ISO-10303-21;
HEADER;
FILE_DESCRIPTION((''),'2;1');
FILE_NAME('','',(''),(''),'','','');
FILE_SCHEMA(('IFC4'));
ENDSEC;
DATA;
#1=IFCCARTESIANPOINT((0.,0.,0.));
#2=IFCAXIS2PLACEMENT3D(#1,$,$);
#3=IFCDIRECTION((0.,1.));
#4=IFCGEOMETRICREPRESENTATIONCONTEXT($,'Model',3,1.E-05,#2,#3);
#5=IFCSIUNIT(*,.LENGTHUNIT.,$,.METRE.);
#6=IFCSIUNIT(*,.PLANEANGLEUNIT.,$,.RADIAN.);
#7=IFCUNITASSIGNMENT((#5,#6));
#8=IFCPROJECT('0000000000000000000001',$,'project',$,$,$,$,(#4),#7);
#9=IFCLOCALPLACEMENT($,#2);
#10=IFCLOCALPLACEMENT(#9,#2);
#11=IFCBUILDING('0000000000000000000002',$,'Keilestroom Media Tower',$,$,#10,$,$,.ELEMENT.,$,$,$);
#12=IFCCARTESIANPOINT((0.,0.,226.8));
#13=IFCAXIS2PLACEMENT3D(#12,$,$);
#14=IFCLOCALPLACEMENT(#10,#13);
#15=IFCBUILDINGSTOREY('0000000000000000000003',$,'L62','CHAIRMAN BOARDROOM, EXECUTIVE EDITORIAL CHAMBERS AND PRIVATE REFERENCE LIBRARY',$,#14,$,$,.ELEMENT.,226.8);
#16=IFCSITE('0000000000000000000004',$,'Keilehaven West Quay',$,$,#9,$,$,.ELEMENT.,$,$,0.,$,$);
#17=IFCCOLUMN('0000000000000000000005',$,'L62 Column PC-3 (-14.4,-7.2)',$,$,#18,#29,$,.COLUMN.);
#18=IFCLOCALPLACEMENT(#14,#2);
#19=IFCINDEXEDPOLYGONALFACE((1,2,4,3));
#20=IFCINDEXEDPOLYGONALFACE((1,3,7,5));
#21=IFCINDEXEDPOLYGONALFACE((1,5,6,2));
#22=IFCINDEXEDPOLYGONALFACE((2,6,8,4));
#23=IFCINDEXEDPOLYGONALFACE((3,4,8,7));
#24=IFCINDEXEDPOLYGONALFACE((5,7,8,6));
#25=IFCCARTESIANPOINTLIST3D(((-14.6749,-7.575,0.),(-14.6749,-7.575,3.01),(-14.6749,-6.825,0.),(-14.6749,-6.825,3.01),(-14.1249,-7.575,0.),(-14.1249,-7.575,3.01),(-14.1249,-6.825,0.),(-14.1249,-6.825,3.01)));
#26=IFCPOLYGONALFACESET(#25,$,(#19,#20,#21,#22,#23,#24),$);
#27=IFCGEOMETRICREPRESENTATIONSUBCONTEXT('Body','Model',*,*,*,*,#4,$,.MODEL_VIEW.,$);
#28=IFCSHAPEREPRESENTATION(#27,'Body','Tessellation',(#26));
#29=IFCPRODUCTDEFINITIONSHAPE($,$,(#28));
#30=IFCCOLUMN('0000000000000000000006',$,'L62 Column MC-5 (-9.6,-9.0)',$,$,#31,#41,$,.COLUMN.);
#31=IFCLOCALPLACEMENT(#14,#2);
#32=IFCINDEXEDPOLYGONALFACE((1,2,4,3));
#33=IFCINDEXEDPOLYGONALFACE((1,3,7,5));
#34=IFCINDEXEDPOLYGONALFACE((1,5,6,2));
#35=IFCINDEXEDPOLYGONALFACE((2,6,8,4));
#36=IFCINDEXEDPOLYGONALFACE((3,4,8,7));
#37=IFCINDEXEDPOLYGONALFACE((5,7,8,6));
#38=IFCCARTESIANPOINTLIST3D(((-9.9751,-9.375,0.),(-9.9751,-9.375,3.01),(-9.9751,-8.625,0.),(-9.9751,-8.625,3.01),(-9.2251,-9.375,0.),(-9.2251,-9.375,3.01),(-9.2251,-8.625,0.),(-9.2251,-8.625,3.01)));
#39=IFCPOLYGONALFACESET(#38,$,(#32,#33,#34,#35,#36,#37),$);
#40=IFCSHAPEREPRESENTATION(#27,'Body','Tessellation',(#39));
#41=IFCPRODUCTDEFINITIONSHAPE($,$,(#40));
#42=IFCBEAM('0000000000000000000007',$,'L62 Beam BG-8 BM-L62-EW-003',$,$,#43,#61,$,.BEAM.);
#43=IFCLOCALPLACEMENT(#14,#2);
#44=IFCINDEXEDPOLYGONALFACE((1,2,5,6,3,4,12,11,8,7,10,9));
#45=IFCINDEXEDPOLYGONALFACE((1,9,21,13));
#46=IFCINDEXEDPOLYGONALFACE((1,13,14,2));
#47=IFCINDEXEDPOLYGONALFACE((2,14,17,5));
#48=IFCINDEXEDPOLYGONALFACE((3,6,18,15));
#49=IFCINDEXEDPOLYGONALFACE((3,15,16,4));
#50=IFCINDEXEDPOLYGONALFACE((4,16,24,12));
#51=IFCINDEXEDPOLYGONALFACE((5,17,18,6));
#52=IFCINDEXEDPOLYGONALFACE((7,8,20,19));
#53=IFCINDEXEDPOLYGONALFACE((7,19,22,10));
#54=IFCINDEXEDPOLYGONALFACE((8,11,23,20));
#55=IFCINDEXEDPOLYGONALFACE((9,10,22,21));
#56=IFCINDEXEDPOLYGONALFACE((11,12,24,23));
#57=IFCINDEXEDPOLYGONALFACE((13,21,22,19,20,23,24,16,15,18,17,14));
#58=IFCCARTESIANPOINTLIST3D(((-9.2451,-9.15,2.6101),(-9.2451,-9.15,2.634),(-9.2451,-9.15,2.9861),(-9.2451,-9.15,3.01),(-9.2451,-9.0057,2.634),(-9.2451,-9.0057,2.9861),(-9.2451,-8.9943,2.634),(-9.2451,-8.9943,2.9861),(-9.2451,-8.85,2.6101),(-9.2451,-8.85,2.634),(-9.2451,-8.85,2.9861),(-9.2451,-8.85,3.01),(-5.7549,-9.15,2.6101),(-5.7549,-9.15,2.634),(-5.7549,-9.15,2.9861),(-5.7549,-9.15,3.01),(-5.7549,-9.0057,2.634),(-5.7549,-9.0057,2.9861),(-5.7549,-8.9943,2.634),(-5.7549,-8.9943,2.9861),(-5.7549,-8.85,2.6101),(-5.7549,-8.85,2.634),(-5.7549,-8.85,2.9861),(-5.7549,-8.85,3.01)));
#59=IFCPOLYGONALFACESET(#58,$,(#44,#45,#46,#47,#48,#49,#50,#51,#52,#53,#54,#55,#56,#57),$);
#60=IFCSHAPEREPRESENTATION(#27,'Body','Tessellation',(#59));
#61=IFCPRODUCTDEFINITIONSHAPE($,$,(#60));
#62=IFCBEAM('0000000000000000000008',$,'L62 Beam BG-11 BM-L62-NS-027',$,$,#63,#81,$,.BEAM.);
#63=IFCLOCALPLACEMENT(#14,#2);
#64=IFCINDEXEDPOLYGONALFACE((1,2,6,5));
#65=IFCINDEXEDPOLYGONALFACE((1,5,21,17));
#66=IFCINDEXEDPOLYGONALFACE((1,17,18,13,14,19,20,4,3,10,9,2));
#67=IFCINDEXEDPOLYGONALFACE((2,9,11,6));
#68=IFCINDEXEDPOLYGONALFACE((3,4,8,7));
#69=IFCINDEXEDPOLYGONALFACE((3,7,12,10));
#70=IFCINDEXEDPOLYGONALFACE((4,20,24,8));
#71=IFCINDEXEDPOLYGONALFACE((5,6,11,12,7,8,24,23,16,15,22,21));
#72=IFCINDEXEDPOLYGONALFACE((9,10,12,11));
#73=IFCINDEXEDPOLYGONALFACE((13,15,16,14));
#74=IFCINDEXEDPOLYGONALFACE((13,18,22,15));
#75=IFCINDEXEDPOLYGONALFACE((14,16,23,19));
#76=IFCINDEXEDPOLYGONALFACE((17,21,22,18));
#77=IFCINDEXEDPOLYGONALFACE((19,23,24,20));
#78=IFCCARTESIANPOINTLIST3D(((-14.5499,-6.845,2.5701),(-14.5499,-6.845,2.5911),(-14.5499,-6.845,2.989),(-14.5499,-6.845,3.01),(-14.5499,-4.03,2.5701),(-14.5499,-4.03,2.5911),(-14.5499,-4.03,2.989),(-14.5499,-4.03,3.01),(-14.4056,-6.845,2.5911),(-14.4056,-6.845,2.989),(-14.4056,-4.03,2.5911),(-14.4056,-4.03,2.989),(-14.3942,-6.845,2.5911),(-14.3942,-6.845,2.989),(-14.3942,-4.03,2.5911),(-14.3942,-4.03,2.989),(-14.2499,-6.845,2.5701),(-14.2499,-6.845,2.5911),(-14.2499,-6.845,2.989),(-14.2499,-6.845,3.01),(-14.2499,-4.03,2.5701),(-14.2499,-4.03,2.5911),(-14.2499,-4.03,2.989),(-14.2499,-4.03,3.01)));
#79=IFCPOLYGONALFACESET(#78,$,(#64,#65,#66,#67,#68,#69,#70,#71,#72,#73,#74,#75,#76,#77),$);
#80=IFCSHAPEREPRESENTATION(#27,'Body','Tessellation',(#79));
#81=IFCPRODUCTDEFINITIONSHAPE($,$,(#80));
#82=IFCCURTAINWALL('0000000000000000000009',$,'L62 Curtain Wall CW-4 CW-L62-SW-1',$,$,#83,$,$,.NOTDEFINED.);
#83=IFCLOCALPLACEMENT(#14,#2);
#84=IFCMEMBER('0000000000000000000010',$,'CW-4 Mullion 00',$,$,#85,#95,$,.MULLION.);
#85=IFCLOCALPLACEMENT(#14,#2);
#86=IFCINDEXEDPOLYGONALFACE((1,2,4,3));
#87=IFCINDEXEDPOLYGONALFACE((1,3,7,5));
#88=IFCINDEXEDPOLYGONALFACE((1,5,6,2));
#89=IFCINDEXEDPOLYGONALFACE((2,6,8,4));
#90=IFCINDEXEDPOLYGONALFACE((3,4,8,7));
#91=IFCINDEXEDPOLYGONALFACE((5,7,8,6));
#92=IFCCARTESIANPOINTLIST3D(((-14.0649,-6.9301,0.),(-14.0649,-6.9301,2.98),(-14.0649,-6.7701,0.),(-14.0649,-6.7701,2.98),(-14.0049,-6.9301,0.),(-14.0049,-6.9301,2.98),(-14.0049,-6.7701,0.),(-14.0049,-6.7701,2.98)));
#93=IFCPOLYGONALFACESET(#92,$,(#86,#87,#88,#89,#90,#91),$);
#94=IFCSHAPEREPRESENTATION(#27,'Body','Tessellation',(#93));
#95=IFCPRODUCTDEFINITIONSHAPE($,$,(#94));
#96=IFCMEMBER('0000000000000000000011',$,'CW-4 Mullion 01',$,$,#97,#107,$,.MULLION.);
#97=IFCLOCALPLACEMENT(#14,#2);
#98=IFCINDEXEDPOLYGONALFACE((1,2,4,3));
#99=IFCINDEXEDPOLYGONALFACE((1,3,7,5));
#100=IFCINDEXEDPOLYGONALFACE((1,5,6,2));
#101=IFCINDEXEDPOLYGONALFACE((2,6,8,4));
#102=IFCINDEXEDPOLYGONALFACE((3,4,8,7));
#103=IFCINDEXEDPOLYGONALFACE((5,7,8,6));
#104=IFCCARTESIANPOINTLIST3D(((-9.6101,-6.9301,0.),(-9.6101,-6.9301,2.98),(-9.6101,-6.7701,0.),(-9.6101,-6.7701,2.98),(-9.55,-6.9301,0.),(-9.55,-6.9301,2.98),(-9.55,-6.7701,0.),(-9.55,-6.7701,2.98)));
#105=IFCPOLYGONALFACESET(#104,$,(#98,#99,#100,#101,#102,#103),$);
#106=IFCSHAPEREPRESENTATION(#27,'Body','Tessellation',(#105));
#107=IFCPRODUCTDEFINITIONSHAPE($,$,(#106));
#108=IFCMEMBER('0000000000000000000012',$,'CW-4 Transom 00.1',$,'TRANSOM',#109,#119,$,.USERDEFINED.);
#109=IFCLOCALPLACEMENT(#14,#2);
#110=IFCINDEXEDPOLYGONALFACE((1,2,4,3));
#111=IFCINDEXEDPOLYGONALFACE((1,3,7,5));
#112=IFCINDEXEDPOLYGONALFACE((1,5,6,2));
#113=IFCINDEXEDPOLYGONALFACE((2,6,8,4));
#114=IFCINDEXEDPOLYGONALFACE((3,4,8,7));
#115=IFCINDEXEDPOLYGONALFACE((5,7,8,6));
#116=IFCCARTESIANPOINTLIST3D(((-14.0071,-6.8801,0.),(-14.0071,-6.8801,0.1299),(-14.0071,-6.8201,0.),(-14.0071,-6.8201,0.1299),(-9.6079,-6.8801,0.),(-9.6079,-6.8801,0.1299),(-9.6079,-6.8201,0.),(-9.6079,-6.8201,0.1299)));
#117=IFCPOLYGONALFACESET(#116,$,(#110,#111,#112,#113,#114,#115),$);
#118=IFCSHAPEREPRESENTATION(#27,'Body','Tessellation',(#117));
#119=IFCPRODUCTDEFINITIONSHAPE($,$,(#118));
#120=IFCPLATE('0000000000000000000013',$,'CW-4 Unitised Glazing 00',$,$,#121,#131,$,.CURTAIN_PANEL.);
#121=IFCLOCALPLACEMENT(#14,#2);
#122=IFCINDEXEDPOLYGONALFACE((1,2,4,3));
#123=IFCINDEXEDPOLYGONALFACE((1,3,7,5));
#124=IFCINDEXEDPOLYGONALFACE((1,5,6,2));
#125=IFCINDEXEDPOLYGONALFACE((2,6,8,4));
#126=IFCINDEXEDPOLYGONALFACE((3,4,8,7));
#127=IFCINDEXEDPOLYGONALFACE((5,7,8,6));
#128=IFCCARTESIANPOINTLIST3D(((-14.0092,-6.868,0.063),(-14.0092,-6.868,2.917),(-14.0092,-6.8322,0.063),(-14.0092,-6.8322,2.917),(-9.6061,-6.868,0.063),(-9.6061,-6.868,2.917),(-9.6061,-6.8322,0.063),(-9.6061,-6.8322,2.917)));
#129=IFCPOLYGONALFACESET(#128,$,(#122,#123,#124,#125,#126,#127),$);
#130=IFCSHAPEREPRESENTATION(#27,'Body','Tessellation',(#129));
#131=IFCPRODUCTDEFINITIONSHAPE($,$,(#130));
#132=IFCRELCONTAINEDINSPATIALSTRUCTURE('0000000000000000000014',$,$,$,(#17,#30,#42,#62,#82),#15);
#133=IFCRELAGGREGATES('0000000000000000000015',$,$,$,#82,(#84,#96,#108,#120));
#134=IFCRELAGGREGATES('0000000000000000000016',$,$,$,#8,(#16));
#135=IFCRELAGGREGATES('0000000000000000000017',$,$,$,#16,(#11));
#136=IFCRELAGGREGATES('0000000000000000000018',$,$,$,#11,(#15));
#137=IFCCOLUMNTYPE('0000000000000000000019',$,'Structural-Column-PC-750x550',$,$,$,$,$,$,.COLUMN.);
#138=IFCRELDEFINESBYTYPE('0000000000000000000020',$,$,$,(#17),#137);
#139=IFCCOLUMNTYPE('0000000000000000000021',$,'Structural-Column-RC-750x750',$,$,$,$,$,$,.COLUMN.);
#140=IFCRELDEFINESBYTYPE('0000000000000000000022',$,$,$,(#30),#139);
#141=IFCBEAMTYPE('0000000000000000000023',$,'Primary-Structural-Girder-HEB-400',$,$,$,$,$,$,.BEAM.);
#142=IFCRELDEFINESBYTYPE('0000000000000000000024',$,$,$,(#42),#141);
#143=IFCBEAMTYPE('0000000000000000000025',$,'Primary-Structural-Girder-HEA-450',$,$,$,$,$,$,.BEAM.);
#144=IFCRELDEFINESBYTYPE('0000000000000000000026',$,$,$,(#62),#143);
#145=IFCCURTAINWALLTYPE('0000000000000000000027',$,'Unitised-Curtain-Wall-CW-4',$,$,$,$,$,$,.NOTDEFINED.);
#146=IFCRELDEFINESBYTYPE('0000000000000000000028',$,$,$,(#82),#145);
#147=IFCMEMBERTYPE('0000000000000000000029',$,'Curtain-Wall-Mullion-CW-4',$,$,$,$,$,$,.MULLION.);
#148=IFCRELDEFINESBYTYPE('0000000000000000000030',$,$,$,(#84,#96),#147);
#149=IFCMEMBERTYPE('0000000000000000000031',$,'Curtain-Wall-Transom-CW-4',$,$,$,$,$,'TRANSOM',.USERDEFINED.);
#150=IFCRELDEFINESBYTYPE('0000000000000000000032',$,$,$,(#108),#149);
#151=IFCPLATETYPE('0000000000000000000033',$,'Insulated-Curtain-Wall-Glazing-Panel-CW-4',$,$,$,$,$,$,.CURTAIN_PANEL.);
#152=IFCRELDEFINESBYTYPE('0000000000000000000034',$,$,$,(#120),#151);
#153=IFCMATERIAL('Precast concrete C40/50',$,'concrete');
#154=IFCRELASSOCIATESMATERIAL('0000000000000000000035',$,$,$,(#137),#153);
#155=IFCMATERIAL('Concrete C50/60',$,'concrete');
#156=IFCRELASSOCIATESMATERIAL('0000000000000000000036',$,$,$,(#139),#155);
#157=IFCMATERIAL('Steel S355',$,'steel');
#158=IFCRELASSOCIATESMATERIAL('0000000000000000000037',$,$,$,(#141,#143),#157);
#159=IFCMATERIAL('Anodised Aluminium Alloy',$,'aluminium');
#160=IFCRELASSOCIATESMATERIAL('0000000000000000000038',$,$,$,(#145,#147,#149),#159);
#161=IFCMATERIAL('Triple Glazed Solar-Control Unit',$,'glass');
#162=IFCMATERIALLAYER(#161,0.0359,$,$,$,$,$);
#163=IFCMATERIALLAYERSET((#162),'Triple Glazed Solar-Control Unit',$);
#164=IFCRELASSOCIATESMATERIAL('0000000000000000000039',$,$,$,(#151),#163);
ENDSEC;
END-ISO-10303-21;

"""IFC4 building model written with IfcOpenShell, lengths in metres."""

from ifc_helpers import new_model, si_unit, direction, frame, origin, origin_2d, place, context, subcontext, project, spatial, rectangle, i_section, extrude, source, transform, mapped, material, layer, layer_set, material_profile, profile_set, type_object, element, aggregate, save


model = new_model("IFC4")

# Units and contexts
model_context = context("Model", 3, precision=1e-05, world=origin(), true_north=direction((0.0, 1.0)))
body_context = subcontext(model_context, "Body", "Model", "MODEL_VIEW")
ifc_project = project(units=[si_unit("LENGTHUNIT", "METRE"), si_unit("PLANEANGLEUNIT", "RADIAN")], contexts=[model_context])

# Site, building, storey
site_placement = place(None, origin())
site = spatial("IfcSite", under=ifc_project, at=site_placement, Name="Keilehaven West Quay", CompositionType="ELEMENT", RefElevation=0.0)
building_placement = place(site_placement, origin())
building = spatial("IfcBuilding", under=site, at=building_placement, Name="Keilestroom Media Tower", CompositionType="ELEMENT")
storey_placement = place(building_placement, frame((0.0, 0.0, 226.8)))
storey = spatial("IfcBuildingStorey", under=building, at=storey_placement, Name="L62", Description="CHAIRMAN BOARDROOM, EXECUTIVE EDITORIAL CHAMBERS AND PRIVATE REFERENCE LIBRARY", CompositionType="ELEMENT", Elevation=226.8)

# Columns
ifc_material_1 = material(Name="Precast concrete C40/50", Category="concrete")
ifc_material_profile_1 = material_profile(ifc_material_1, rectangle(XDim=0.55, YDim=0.75, at=origin_2d()), Name="PC 750x550")
ifc_profile_set_1 = profile_set([ifc_material_profile_1], Name="Precast concrete C40/50")
column_type_1 = type_object("IfcColumnType", Name="Structural-Column-PC-750x550", PredefinedType="COLUMN", material=ifc_profile_set_1)
shared_shape_1 = source(origin(), body_context, "Body", "SweptSolid", [
    extrude(rectangle(XDim=0.55, YDim=0.75, at=origin_2d()), origin(), (0.0, 0.0, 1.0), 3.01),
])
column_1_placement = place(storey_placement, frame((-14.3999, -7.2, 0.0), z_axis=(0.0, 0.0, 1.0), x_axis=(1.0, 0.0, 0.0)))
element("IfcColumn", 1, at=column_1_placement, inside=storey, type_object=column_type_1, Name="L62 Column PC-3 (-14.4,-7.2)", PredefinedType="COLUMN", context=body_context, shape_type="MappedRepresentation", body=[
    mapped(shared_shape_1, transform((0.0, 0.0, 0.0), x_axis=(1.0, 0.0, 0.0), y_axis=(0.0, 1.0, 0.0), z_axis=(0.0, 0.0, 1.0), scale=1.0)),
])
ifc_material_2 = material(Name="Concrete C50/60", Category="concrete")
ifc_material_profile_2 = material_profile(ifc_material_2, rectangle(XDim=0.75, YDim=0.75, at=origin_2d()), Name="RC 750x750")
ifc_profile_set_2 = profile_set([ifc_material_profile_2], Name="Concrete C50/60")
column_type_2 = type_object("IfcColumnType", Name="Structural-Column-RC-750x750", PredefinedType="COLUMN", material=ifc_profile_set_2)
shared_shape_2 = source(origin(), body_context, "Body", "SweptSolid", [
    extrude(rectangle(XDim=0.75, YDim=0.75, at=origin_2d()), origin(), (0.0, 0.0, 1.0), 3.01),
])
column_2_placement = place(storey_placement, frame((-9.6001, -9.0, 0.0), z_axis=(0.0, 0.0, 1.0), x_axis=(1.0, 0.0, 0.0)))
element("IfcColumn", 2, at=column_2_placement, inside=storey, type_object=column_type_2, Name="L62 Column MC-5 (-9.6,-9.0)", PredefinedType="COLUMN", context=body_context, shape_type="MappedRepresentation", body=[
    mapped(shared_shape_2, transform((0.0, 0.0, 0.0), x_axis=(1.0, 0.0, 0.0), y_axis=(0.0, 1.0, 0.0), z_axis=(0.0, 0.0, 1.0), scale=1.0)),
])

# Beams
ifc_material_3 = material(Name="Steel S355", Category="steel")
ifc_material_profile_3 = material_profile(ifc_material_3, i_section(OverallWidth=0.3, OverallDepth=0.3999, WebThickness=0.0115, FlangeThickness=0.0239, at=origin_2d()), Name="HEB 400")
ifc_profile_set_3 = profile_set([ifc_material_profile_3], Name="Steel S355")
beam_type_1 = type_object("IfcBeamType", Name="Primary-Structural-Girder-HEB-400", PredefinedType="BEAM", material=ifc_profile_set_3)
shared_shape_3 = source(origin(), body_context, "Body", "SweptSolid", [
    extrude(i_section(OverallWidth=0.3, OverallDepth=0.3999, WebThickness=0.0115, FlangeThickness=0.0239, at=origin_2d()), origin(), (0.0, 0.0, 1.0), 3.4902),
])
beam_1_placement = place(storey_placement, frame((-9.2451, -9.0, 2.8101), z_axis=(1.0, 0.0, 0.0), x_axis=(0.0, 1.0, 0.0)))
element("IfcBeam", 3, at=beam_1_placement, inside=storey, type_object=beam_type_1, Name="L62 Beam BG-8 BM-L62-EW-003", PredefinedType="BEAM", context=body_context, shape_type="MappedRepresentation", body=[
    mapped(shared_shape_3, transform((0.0, 0.0, 0.0), x_axis=(1.0, 0.0, 0.0), y_axis=(0.0, 1.0, 0.0), z_axis=(0.0, 0.0, 1.0), scale=1.0)),
])
ifc_material_profile_4 = material_profile(ifc_material_3, i_section(OverallWidth=0.3, OverallDepth=0.4399, WebThickness=0.0115, FlangeThickness=0.021, at=origin_2d()), Name="HEA 450")
ifc_profile_set_4 = profile_set([ifc_material_profile_4], Name="Steel S355")
beam_type_2 = type_object("IfcBeamType", Name="Primary-Structural-Girder-HEA-450", PredefinedType="BEAM", material=ifc_profile_set_4)
shared_shape_4 = source(origin(), body_context, "Body", "SweptSolid", [
    extrude(i_section(OverallWidth=0.3, OverallDepth=0.4399, WebThickness=0.0115, FlangeThickness=0.021, at=origin_2d()), origin(), (0.0, 0.0, 1.0), 2.8149),
])
beam_2_placement = place(storey_placement, frame((-14.3999, -6.845, 2.79), z_axis=(0.0, 1.0, 0.0), x_axis=(-1.0, 0.0, 0.0)))
element("IfcBeam", 4, at=beam_2_placement, inside=storey, type_object=beam_type_2, Name="L62 Beam BG-11 BM-L62-NS-027", PredefinedType="BEAM", context=body_context, shape_type="MappedRepresentation", body=[
    mapped(shared_shape_4, transform((0.0, 0.0, 0.0), x_axis=(1.0, 0.0, 0.0), y_axis=(0.0, 1.0, 0.0), z_axis=(0.0, 0.0, 1.0), scale=1.0)),
])

# Curtain wall, members, plate
ifc_material_4 = material(Name="Anodised Aluminium Alloy", Category="aluminium")
curtain_wall_type = type_object("IfcCurtainWallType", Name="Unitised-Curtain-Wall-CW-4", PredefinedType="NOTDEFINED", material=ifc_material_4)
curtain_wall_placement = place(storey_placement, origin())
curtain_wall = element("IfcCurtainWall", 5, at=curtain_wall_placement, inside=storey, type_object=curtain_wall_type, Name="L62 Curtain Wall CW-4 CW-L62-SW-1", PredefinedType="NOTDEFINED")
ifc_material_profile_5 = material_profile(ifc_material_4, rectangle(XDim=0.0601, YDim=0.1599, at=origin_2d()), Name="ALU MULLION 60x160")
ifc_profile_set_5 = profile_set([ifc_material_profile_5], Name="Anodised Aluminium Alloy")
member_type_1 = type_object("IfcMemberType", Name="Curtain-Wall-Mullion-CW-4", PredefinedType="MULLION", material=ifc_profile_set_5)
shared_shape_5 = source(origin(), body_context, "Body", "SweptSolid", [
    extrude(rectangle(XDim=0.0601, YDim=0.1599, at=origin_2d()), origin(), (0.0, 0.0, 1.0), 2.98),
])
member_1_placement = place(storey_placement, frame((-14.0349, -6.8501, 0.0), z_axis=(0.0, 0.0, 1.0), x_axis=(1.0, 0.0, 0.0)))
member_1 = element("IfcMember", 6, at=member_1_placement, type_object=member_type_1, Name="CW-4 Mullion 00", PredefinedType="MULLION", context=body_context, shape_type="MappedRepresentation", body=[
    mapped(shared_shape_5, transform((0.0, 0.0, 0.0), x_axis=(1.0, 0.0, 0.0), y_axis=(0.0, 1.0, 0.0), z_axis=(0.0, 0.0, 1.0), scale=1.0)),
])
member_2_placement = place(storey_placement, frame((-9.5801, -6.8501, 0.0), z_axis=(0.0, 0.0, 1.0), x_axis=(1.0, 0.0, 0.0)))
member_2 = element("IfcMember", 7, at=member_2_placement, type_object=member_type_1, Name="CW-4 Mullion 01", PredefinedType="MULLION", context=body_context, shape_type="MappedRepresentation", body=[
    mapped(shared_shape_5, transform((0.0, 0.0, 0.0), x_axis=(1.0, 0.0, 0.0), y_axis=(0.0, 1.0, 0.0), z_axis=(0.0, 0.0, 1.0), scale=1.0)),
])
ifc_material_profile_6 = material_profile(ifc_material_4, rectangle(XDim=0.0601, YDim=0.1299, at=origin_2d()), Name="ALU TRANSOM 60x130")
ifc_profile_set_6 = profile_set([ifc_material_profile_6], Name="Anodised Aluminium Alloy")
member_type_2 = type_object("IfcMemberType", Name="Curtain-Wall-Transom-CW-4", ElementType="TRANSOM", PredefinedType="USERDEFINED", material=ifc_profile_set_6)
shared_shape_6 = source(origin(), body_context, "Body", "SweptSolid", [
    extrude(rectangle(XDim=0.0601, YDim=0.1299, at=origin_2d()), origin(), (0.0, 0.0, 1.0), 4.3992),
])
member_3_placement = place(storey_placement, frame((-14.0071, -6.8501, 0.0649), z_axis=(1.0, 0.0, 0.0), x_axis=(0.0, 1.0, 0.0)))
member_3 = element("IfcMember", 8, at=member_3_placement, type_object=member_type_2, Name="CW-4 Transom 00.1", ObjectType="TRANSOM", PredefinedType="USERDEFINED", context=body_context, shape_type="MappedRepresentation", body=[
    mapped(shared_shape_6, transform((0.0, 0.0, 0.0), x_axis=(1.0, 0.0, 0.0), y_axis=(0.0, 1.0, 0.0), z_axis=(0.0, 0.0, 1.0), scale=1.0)),
])
ifc_material_5 = material(Name="Triple Glazed Solar-Control Unit", Category="glass")
ifc_layer_1 = layer(ifc_material_5, 0.0359)
ifc_layer_set_1 = layer_set([ifc_layer_1], Name="Triple Glazed Solar-Control Unit")
plate_type = type_object("IfcPlateType", Name="Insulated-Curtain-Wall-Glazing-Panel-CW-4", PredefinedType="CURTAIN_PANEL", material=ifc_layer_set_1)
shared_shape_7 = source(origin(), body_context, "Body", "SweptSolid", [
    extrude(rectangle(XDim=4.4031, YDim=0.0359, at=origin_2d()), origin(), (0.0, 0.0, 1.0), 2.854),
])
plate_placement = place(storey_placement, frame((-11.8076, -6.8501, 0.063), z_axis=(0.0, 0.0, 1.0), x_axis=(1.0, 0.0, 0.0)))
plate = element("IfcPlate", 9, at=plate_placement, type_object=plate_type, Name="CW-4 Unitised Glazing 00", PredefinedType="CURTAIN_PANEL", context=body_context, shape_type="MappedRepresentation", body=[
    mapped(shared_shape_7, transform((0.0, 0.0, 0.0), x_axis=(1.0, 0.0, 0.0), y_axis=(0.0, 1.0, 0.0), z_axis=(0.0, 0.0, 1.0), scale=1.0)),
])
aggregate(curtain_wall, [member_1, member_2, member_3, plate])

save(model, "model.ifc")
